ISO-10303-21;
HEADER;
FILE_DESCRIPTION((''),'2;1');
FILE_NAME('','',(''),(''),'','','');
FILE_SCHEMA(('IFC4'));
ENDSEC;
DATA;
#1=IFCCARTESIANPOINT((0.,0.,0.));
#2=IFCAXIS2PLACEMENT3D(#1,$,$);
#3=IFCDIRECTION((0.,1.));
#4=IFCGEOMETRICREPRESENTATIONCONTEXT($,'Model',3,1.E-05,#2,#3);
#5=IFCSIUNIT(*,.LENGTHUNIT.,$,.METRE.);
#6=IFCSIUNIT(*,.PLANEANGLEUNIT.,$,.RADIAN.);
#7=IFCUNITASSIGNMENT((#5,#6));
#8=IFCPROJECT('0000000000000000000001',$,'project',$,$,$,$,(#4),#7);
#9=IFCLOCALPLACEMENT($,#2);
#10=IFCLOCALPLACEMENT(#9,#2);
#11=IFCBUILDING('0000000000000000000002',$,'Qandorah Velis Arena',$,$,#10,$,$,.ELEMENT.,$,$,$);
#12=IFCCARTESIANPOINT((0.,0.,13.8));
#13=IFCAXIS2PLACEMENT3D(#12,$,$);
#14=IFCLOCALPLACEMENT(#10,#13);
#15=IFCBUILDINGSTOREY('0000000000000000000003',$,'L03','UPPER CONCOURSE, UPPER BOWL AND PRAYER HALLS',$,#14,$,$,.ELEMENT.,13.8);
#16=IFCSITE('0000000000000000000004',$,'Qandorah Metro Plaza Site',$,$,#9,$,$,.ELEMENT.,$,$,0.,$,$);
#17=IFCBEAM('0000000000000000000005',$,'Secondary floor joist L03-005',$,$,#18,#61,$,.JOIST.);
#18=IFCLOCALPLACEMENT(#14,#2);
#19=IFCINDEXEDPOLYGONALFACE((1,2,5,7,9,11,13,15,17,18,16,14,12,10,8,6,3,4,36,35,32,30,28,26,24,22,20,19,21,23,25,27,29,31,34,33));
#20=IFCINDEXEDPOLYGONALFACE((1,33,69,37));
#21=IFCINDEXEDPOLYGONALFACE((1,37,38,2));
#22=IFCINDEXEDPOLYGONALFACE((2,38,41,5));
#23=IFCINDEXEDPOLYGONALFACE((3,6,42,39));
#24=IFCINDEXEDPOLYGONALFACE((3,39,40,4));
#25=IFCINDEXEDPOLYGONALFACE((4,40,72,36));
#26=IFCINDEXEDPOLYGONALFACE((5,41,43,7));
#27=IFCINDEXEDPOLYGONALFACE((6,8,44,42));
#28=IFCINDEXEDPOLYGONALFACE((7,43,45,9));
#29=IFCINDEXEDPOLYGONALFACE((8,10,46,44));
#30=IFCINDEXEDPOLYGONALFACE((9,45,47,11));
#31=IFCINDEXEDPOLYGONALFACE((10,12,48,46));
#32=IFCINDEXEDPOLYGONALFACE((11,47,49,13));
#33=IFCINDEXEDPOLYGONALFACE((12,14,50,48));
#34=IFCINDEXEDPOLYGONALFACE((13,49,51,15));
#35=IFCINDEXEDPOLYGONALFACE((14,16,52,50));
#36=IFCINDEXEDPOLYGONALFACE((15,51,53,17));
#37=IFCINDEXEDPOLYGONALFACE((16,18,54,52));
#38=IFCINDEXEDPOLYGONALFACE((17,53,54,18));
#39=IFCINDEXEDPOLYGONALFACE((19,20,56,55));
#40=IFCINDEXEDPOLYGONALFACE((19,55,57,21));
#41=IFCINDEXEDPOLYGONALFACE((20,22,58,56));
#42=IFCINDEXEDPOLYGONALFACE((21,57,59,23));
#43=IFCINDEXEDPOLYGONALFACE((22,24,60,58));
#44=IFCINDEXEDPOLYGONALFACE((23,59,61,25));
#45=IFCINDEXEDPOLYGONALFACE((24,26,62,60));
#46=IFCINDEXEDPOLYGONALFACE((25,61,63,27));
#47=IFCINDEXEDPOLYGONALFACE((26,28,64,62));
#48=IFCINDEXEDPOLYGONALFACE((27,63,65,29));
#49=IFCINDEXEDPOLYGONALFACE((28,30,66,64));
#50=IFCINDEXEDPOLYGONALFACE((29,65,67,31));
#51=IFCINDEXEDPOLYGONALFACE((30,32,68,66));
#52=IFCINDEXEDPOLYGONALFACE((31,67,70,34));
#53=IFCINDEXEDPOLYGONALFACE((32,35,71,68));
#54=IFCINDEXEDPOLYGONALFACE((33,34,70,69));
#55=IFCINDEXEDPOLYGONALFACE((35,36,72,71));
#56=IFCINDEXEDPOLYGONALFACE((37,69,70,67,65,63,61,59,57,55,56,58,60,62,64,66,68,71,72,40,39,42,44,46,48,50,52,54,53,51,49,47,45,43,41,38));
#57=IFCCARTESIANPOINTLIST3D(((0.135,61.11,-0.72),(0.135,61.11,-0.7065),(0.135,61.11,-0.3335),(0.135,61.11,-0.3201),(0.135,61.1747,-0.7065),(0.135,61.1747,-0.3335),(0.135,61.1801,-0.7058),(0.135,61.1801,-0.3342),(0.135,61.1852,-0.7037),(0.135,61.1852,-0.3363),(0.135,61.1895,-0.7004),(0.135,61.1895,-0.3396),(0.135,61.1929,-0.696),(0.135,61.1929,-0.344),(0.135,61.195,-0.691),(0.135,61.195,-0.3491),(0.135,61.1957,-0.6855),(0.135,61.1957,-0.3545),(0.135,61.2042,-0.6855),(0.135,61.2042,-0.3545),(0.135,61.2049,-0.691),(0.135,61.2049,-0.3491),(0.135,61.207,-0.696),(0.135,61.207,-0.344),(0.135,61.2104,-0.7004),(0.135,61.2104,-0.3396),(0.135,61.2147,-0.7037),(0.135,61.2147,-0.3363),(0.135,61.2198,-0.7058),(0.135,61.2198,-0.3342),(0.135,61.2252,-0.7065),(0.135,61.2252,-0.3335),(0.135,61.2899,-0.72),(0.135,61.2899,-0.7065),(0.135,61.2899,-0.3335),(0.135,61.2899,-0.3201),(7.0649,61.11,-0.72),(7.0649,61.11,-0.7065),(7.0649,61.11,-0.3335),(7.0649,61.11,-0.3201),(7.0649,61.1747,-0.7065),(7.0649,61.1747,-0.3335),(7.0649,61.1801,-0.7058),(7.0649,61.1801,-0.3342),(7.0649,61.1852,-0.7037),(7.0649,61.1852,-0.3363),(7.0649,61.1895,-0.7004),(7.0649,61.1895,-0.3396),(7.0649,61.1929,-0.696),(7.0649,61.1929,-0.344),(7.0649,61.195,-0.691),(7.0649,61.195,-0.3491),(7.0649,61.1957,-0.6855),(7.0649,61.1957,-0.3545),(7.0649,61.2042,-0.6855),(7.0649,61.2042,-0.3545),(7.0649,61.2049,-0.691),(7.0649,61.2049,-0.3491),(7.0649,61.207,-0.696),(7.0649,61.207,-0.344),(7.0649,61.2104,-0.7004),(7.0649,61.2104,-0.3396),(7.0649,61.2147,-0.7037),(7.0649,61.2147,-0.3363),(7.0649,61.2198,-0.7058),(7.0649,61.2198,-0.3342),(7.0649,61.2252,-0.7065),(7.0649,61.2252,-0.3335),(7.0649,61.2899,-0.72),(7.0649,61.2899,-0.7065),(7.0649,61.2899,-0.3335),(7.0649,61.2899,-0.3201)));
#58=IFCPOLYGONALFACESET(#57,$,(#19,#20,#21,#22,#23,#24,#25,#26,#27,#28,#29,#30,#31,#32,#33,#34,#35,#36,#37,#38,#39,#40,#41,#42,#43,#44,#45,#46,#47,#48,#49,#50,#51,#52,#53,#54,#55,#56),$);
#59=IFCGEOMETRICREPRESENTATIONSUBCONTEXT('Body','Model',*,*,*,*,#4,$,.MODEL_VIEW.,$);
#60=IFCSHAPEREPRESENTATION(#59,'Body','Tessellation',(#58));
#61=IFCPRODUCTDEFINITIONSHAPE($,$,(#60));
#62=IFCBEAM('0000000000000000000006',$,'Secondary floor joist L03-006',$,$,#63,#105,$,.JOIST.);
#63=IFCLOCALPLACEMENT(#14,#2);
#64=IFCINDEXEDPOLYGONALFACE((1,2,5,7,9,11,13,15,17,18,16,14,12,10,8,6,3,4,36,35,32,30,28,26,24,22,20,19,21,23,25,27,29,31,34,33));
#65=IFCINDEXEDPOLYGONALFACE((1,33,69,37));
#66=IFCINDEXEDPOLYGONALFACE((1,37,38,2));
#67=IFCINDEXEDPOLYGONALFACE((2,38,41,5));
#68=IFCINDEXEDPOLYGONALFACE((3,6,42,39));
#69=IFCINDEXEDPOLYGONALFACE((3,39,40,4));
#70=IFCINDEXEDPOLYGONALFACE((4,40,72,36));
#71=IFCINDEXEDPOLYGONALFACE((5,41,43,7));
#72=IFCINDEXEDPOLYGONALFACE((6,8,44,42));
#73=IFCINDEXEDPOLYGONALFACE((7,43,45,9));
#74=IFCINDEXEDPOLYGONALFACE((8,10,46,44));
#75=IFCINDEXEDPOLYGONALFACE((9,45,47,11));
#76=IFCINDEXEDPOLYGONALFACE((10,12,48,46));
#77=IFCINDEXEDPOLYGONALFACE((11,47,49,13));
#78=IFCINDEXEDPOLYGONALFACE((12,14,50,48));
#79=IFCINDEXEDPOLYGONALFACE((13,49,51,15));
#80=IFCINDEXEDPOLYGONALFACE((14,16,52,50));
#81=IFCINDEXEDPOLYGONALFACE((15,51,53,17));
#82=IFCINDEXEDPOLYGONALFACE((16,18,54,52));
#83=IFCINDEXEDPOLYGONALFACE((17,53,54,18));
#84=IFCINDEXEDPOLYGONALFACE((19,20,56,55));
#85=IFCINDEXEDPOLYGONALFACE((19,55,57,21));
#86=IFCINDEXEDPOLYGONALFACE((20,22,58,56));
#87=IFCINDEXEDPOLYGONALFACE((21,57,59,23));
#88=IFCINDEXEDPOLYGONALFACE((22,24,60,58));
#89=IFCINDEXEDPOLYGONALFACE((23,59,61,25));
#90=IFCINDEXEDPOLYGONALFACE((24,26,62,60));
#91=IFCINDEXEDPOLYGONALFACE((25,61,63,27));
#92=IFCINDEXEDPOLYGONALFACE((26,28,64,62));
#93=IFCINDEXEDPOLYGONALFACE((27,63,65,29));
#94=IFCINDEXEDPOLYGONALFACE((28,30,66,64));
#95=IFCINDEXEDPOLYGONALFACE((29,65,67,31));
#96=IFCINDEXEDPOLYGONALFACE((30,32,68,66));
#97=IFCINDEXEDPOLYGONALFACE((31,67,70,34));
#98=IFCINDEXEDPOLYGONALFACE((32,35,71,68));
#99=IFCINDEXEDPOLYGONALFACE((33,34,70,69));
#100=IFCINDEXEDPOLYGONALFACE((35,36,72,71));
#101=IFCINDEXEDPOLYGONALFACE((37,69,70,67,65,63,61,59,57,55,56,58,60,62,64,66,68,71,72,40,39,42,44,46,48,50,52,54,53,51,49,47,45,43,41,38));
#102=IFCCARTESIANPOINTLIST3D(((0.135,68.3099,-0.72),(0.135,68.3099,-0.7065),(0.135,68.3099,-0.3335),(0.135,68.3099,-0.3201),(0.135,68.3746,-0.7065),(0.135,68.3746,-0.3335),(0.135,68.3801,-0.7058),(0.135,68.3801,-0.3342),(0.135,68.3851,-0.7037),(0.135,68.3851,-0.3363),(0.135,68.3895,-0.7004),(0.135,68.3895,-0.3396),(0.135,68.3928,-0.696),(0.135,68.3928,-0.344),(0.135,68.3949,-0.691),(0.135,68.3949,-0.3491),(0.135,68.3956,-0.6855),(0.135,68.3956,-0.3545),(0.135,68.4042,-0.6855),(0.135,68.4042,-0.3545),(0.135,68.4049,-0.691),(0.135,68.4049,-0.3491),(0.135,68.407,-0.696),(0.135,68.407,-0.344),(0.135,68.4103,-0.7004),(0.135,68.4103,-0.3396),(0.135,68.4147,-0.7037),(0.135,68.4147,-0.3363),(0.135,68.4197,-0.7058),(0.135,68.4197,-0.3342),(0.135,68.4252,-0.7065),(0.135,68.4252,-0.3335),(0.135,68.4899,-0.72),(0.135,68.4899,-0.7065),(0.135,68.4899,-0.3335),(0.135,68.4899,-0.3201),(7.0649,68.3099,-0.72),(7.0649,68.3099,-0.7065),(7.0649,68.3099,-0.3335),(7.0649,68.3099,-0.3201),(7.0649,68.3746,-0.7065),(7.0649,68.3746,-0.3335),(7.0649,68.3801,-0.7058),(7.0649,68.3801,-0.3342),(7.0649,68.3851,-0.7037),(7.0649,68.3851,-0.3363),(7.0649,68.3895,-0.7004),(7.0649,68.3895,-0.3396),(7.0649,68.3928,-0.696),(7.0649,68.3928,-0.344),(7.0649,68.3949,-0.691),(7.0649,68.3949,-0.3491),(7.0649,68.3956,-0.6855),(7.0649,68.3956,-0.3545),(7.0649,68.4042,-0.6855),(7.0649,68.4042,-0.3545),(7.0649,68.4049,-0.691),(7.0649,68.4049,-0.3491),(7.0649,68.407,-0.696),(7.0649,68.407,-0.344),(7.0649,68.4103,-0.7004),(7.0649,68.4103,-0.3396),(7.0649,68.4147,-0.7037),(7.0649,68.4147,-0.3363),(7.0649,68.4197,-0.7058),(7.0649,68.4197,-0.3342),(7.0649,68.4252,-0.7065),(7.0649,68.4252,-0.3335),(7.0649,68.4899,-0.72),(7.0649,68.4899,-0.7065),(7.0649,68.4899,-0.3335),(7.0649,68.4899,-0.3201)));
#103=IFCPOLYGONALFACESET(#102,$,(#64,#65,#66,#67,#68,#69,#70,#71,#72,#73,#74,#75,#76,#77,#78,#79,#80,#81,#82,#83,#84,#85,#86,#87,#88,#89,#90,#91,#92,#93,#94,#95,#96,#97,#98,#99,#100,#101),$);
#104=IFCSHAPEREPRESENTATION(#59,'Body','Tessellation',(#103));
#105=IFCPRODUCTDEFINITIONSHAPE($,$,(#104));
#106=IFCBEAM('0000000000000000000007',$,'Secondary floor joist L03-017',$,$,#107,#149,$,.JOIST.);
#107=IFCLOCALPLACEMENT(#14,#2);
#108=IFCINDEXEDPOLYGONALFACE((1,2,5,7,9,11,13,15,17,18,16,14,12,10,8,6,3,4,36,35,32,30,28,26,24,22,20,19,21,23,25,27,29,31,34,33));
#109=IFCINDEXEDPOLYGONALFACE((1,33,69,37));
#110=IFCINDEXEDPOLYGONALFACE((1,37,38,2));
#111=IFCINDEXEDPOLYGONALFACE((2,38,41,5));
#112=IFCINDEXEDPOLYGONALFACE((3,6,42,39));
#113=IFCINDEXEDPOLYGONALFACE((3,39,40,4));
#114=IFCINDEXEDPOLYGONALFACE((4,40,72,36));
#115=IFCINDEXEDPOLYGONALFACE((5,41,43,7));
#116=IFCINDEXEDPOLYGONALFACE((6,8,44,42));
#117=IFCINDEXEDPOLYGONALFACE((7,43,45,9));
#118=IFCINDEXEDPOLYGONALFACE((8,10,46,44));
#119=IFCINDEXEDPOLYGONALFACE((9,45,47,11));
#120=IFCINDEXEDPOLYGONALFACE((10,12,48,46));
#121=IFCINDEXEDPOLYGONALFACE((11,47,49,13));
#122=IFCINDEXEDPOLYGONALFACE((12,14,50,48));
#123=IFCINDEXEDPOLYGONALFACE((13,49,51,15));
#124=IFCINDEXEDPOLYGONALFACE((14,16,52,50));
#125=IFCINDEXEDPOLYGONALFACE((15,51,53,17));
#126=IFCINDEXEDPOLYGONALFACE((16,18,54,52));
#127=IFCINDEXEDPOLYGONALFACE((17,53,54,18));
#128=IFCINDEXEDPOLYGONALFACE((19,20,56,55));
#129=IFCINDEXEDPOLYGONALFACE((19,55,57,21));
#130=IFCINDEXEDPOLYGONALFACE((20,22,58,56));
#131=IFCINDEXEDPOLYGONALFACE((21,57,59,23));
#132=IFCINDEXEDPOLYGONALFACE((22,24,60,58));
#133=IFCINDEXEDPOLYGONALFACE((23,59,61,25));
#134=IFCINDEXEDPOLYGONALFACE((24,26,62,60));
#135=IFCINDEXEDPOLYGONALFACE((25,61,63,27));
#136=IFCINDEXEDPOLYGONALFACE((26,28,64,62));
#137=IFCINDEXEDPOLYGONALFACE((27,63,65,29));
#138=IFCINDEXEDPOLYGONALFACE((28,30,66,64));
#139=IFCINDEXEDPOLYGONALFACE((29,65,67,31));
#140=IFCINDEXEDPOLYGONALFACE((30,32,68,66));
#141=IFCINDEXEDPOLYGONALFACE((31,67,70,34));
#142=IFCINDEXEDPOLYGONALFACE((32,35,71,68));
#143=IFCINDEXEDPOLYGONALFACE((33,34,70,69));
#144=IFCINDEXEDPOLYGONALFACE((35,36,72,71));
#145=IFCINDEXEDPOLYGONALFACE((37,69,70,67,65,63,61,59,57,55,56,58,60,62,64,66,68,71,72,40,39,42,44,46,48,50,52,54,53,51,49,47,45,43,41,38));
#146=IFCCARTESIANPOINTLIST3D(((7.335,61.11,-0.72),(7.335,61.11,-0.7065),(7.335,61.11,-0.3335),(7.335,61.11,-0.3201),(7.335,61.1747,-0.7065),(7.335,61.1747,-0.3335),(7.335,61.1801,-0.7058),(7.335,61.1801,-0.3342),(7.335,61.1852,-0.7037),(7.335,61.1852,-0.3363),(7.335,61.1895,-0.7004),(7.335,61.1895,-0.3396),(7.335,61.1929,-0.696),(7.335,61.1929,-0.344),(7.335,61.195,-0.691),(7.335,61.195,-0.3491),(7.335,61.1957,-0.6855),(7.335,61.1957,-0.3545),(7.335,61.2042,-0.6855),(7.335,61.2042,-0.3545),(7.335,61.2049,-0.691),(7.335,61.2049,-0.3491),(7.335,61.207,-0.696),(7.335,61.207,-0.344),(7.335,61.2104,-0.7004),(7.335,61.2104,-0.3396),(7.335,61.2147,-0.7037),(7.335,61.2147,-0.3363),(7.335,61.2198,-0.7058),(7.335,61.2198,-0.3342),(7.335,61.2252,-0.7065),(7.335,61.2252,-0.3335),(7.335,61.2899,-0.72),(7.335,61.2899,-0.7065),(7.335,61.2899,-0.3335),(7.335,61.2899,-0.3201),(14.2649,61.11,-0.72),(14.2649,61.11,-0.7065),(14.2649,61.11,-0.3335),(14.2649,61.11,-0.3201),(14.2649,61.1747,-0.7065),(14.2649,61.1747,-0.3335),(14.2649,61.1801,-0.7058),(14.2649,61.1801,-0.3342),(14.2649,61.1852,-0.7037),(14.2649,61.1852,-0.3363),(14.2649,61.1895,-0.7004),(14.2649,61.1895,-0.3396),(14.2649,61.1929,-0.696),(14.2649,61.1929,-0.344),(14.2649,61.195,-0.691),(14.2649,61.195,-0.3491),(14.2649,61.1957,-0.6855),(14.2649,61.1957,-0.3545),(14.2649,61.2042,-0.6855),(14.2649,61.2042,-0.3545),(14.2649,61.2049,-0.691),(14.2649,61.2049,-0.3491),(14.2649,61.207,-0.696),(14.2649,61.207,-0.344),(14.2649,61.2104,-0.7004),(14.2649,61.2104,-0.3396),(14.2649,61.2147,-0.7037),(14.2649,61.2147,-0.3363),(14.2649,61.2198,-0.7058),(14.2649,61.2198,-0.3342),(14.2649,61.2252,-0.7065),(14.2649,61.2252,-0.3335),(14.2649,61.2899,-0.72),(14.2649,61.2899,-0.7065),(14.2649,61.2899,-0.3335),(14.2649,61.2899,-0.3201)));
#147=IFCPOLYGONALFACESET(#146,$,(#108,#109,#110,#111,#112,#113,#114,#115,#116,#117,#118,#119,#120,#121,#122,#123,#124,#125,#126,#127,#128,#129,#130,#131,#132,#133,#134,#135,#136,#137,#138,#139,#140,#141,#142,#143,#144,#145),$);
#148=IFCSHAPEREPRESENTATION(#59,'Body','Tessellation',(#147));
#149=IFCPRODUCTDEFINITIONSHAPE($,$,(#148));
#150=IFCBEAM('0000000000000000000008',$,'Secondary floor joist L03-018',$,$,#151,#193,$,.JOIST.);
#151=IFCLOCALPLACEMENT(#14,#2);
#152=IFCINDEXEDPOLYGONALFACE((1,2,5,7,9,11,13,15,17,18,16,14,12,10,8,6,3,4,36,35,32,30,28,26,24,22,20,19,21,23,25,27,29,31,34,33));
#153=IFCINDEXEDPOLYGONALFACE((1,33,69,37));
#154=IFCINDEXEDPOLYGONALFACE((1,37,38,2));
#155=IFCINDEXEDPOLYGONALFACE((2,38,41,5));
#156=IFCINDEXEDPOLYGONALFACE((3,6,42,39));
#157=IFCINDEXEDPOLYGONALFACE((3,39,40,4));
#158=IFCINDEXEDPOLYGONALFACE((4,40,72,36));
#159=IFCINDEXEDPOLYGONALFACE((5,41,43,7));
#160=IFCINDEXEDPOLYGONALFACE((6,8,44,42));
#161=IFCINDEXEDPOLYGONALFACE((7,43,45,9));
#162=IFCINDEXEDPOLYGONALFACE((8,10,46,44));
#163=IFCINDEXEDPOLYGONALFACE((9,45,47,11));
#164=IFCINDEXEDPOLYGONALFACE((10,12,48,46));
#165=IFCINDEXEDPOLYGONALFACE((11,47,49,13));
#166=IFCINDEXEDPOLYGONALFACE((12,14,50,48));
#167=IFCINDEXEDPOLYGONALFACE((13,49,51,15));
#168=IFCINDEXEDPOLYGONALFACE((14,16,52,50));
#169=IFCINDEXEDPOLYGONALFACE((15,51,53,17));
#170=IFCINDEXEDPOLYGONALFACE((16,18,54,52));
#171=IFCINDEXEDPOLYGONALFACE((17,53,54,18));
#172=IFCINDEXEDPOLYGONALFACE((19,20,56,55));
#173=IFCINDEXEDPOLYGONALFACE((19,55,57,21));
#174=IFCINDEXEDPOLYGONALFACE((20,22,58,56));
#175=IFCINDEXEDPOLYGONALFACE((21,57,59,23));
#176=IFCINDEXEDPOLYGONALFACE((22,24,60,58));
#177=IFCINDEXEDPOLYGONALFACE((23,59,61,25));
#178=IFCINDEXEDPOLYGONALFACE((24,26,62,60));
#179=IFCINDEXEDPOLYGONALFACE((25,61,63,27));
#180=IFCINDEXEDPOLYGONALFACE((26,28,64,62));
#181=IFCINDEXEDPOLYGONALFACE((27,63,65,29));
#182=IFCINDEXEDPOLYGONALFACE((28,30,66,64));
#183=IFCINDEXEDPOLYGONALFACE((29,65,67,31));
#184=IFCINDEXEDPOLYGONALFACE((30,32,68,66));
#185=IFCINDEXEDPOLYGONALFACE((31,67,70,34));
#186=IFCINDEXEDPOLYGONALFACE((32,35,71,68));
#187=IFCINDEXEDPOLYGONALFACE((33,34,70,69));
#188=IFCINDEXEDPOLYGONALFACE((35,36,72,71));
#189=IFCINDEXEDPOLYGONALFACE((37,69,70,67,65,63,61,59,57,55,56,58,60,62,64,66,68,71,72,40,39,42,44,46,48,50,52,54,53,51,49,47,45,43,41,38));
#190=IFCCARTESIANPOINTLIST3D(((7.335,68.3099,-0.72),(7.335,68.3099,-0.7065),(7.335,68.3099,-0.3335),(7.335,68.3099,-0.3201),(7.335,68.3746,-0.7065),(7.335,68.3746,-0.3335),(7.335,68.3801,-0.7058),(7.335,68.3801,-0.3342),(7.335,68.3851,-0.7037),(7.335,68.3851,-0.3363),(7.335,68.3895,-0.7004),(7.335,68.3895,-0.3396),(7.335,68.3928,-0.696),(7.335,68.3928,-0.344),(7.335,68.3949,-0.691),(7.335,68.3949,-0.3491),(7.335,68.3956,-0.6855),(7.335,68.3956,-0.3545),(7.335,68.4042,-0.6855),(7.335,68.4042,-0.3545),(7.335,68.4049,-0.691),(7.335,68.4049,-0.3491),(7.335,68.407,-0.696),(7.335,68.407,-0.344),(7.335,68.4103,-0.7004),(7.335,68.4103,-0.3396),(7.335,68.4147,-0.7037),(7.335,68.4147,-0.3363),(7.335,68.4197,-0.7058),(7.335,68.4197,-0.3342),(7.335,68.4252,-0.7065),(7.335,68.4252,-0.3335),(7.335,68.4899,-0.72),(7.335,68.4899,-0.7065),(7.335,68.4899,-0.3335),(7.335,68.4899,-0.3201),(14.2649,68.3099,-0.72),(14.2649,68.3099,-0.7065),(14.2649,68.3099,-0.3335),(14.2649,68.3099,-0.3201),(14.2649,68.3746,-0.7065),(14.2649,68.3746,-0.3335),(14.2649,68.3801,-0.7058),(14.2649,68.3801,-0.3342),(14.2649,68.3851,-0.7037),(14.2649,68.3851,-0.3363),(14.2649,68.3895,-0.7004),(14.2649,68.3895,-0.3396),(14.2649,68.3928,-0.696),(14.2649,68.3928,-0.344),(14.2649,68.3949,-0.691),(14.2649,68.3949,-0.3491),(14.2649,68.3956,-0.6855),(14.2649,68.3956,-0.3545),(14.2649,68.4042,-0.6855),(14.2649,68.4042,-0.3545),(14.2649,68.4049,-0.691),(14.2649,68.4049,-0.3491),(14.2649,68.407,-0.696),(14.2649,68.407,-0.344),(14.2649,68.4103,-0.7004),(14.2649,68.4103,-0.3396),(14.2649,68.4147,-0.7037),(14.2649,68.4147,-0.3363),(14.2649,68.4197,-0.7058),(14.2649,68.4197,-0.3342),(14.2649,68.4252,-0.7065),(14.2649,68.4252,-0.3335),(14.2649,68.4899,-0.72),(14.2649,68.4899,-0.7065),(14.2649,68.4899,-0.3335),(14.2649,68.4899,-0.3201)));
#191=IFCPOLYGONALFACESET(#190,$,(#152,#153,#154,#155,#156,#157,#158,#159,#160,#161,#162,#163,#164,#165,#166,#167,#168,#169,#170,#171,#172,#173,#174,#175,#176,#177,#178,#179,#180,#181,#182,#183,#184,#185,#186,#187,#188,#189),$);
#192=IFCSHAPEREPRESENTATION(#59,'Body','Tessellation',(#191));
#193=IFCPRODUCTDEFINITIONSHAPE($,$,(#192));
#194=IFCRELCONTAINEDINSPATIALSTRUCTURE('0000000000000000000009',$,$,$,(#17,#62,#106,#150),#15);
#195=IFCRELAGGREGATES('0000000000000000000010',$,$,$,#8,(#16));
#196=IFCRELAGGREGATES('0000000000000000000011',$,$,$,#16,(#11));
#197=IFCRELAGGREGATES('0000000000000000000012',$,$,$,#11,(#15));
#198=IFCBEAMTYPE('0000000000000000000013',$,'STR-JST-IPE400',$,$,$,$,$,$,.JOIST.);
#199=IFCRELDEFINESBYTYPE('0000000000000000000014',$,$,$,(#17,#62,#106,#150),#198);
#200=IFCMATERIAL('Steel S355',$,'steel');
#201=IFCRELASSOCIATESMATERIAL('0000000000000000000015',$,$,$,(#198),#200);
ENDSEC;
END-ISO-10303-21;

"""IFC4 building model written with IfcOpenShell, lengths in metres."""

from ifc_helpers import new_model, si_unit, direction, frame, origin, origin_2d, place, context, subcontext, project, spatial, i_section, extrude, material, material_profile, profile_set, type_object, element, save


model = new_model("IFC4")

# Units and contexts
model_context = context("Model", 3, precision=1e-05, world=origin(), true_north=direction((0.0, 1.0)))
body_context = subcontext(model_context, "Body", "Model", "MODEL_VIEW")
ifc_project = project(units=[si_unit("LENGTHUNIT", "METRE"), si_unit("PLANEANGLEUNIT", "RADIAN")], contexts=[model_context])

# Site, building, storey
site_placement = place(None, origin())
site = spatial("IfcSite", under=ifc_project, at=site_placement, Name="Qandorah Metro Plaza Site", CompositionType="ELEMENT", RefElevation=0.0)
building_placement = place(site_placement, origin())
building = spatial("IfcBuilding", under=site, at=building_placement, Name="Qandorah Velis Arena", CompositionType="ELEMENT")
storey_placement = place(building_placement, frame((0.0, 0.0, 13.8)))
storey = spatial("IfcBuildingStorey", under=building, at=storey_placement, Name="L03", Description="UPPER CONCOURSE, UPPER BOWL AND PRAYER HALLS", CompositionType="ELEMENT", Elevation=13.8)

# Beams
ifc_material_1 = material(Name="Steel S355", Category="steel")
ifc_material_profile_1 = material_profile(ifc_material_1, i_section(OverallWidth=0.1799, OverallDepth=0.3999, WebThickness=0.0085, FlangeThickness=0.0134, FilletRadius=0.021, at=origin_2d()), Name="IPE 400")
ifc_profile_set_1 = profile_set([ifc_material_profile_1], Name="Steel S355")
beam_type_1 = type_object("IfcBeamType", Name="STR-JST-IPE400", PredefinedType="JOIST", material=ifc_profile_set_1)
for number, where, z_axis, x_axis, name in (
    (1, (0.135, 61.2, -0.52), (1.0, 0.0, 0.0), (0.0, 1.0, 0.0), "Secondary floor joist L03-005"),
    (2, (0.135, 68.3999, -0.52), (1.0, 0.0, 0.0), (0.0, 1.0, 0.0), "Secondary floor joist L03-006"),
    (3, (7.335, 61.2, -0.52), (1.0, 0.0, 0.0), (0.0, 1.0, 0.0), "Secondary floor joist L03-017"),
    (4, (7.335, 68.3999, -0.52), (1.0, 0.0, 0.0), (0.0, 1.0, 0.0), "Secondary floor joist L03-018"),
):
    element("IfcBeam", number, at=place(storey_placement, frame(where, z_axis=z_axis, x_axis=x_axis)), inside=storey, type_object=beam_type_1, Name=name, PredefinedType="JOIST", context=body_context, shape_type="SweptSolid", body=[
        extrude(i_section(OverallWidth=0.1799, OverallDepth=0.3999, WebThickness=0.0085, FlangeThickness=0.0134, FilletRadius=0.021, at=origin_2d()), origin(), (0.0, 0.0, 1.0), 6.9299),
    ])

save(model, "model.ifc")
